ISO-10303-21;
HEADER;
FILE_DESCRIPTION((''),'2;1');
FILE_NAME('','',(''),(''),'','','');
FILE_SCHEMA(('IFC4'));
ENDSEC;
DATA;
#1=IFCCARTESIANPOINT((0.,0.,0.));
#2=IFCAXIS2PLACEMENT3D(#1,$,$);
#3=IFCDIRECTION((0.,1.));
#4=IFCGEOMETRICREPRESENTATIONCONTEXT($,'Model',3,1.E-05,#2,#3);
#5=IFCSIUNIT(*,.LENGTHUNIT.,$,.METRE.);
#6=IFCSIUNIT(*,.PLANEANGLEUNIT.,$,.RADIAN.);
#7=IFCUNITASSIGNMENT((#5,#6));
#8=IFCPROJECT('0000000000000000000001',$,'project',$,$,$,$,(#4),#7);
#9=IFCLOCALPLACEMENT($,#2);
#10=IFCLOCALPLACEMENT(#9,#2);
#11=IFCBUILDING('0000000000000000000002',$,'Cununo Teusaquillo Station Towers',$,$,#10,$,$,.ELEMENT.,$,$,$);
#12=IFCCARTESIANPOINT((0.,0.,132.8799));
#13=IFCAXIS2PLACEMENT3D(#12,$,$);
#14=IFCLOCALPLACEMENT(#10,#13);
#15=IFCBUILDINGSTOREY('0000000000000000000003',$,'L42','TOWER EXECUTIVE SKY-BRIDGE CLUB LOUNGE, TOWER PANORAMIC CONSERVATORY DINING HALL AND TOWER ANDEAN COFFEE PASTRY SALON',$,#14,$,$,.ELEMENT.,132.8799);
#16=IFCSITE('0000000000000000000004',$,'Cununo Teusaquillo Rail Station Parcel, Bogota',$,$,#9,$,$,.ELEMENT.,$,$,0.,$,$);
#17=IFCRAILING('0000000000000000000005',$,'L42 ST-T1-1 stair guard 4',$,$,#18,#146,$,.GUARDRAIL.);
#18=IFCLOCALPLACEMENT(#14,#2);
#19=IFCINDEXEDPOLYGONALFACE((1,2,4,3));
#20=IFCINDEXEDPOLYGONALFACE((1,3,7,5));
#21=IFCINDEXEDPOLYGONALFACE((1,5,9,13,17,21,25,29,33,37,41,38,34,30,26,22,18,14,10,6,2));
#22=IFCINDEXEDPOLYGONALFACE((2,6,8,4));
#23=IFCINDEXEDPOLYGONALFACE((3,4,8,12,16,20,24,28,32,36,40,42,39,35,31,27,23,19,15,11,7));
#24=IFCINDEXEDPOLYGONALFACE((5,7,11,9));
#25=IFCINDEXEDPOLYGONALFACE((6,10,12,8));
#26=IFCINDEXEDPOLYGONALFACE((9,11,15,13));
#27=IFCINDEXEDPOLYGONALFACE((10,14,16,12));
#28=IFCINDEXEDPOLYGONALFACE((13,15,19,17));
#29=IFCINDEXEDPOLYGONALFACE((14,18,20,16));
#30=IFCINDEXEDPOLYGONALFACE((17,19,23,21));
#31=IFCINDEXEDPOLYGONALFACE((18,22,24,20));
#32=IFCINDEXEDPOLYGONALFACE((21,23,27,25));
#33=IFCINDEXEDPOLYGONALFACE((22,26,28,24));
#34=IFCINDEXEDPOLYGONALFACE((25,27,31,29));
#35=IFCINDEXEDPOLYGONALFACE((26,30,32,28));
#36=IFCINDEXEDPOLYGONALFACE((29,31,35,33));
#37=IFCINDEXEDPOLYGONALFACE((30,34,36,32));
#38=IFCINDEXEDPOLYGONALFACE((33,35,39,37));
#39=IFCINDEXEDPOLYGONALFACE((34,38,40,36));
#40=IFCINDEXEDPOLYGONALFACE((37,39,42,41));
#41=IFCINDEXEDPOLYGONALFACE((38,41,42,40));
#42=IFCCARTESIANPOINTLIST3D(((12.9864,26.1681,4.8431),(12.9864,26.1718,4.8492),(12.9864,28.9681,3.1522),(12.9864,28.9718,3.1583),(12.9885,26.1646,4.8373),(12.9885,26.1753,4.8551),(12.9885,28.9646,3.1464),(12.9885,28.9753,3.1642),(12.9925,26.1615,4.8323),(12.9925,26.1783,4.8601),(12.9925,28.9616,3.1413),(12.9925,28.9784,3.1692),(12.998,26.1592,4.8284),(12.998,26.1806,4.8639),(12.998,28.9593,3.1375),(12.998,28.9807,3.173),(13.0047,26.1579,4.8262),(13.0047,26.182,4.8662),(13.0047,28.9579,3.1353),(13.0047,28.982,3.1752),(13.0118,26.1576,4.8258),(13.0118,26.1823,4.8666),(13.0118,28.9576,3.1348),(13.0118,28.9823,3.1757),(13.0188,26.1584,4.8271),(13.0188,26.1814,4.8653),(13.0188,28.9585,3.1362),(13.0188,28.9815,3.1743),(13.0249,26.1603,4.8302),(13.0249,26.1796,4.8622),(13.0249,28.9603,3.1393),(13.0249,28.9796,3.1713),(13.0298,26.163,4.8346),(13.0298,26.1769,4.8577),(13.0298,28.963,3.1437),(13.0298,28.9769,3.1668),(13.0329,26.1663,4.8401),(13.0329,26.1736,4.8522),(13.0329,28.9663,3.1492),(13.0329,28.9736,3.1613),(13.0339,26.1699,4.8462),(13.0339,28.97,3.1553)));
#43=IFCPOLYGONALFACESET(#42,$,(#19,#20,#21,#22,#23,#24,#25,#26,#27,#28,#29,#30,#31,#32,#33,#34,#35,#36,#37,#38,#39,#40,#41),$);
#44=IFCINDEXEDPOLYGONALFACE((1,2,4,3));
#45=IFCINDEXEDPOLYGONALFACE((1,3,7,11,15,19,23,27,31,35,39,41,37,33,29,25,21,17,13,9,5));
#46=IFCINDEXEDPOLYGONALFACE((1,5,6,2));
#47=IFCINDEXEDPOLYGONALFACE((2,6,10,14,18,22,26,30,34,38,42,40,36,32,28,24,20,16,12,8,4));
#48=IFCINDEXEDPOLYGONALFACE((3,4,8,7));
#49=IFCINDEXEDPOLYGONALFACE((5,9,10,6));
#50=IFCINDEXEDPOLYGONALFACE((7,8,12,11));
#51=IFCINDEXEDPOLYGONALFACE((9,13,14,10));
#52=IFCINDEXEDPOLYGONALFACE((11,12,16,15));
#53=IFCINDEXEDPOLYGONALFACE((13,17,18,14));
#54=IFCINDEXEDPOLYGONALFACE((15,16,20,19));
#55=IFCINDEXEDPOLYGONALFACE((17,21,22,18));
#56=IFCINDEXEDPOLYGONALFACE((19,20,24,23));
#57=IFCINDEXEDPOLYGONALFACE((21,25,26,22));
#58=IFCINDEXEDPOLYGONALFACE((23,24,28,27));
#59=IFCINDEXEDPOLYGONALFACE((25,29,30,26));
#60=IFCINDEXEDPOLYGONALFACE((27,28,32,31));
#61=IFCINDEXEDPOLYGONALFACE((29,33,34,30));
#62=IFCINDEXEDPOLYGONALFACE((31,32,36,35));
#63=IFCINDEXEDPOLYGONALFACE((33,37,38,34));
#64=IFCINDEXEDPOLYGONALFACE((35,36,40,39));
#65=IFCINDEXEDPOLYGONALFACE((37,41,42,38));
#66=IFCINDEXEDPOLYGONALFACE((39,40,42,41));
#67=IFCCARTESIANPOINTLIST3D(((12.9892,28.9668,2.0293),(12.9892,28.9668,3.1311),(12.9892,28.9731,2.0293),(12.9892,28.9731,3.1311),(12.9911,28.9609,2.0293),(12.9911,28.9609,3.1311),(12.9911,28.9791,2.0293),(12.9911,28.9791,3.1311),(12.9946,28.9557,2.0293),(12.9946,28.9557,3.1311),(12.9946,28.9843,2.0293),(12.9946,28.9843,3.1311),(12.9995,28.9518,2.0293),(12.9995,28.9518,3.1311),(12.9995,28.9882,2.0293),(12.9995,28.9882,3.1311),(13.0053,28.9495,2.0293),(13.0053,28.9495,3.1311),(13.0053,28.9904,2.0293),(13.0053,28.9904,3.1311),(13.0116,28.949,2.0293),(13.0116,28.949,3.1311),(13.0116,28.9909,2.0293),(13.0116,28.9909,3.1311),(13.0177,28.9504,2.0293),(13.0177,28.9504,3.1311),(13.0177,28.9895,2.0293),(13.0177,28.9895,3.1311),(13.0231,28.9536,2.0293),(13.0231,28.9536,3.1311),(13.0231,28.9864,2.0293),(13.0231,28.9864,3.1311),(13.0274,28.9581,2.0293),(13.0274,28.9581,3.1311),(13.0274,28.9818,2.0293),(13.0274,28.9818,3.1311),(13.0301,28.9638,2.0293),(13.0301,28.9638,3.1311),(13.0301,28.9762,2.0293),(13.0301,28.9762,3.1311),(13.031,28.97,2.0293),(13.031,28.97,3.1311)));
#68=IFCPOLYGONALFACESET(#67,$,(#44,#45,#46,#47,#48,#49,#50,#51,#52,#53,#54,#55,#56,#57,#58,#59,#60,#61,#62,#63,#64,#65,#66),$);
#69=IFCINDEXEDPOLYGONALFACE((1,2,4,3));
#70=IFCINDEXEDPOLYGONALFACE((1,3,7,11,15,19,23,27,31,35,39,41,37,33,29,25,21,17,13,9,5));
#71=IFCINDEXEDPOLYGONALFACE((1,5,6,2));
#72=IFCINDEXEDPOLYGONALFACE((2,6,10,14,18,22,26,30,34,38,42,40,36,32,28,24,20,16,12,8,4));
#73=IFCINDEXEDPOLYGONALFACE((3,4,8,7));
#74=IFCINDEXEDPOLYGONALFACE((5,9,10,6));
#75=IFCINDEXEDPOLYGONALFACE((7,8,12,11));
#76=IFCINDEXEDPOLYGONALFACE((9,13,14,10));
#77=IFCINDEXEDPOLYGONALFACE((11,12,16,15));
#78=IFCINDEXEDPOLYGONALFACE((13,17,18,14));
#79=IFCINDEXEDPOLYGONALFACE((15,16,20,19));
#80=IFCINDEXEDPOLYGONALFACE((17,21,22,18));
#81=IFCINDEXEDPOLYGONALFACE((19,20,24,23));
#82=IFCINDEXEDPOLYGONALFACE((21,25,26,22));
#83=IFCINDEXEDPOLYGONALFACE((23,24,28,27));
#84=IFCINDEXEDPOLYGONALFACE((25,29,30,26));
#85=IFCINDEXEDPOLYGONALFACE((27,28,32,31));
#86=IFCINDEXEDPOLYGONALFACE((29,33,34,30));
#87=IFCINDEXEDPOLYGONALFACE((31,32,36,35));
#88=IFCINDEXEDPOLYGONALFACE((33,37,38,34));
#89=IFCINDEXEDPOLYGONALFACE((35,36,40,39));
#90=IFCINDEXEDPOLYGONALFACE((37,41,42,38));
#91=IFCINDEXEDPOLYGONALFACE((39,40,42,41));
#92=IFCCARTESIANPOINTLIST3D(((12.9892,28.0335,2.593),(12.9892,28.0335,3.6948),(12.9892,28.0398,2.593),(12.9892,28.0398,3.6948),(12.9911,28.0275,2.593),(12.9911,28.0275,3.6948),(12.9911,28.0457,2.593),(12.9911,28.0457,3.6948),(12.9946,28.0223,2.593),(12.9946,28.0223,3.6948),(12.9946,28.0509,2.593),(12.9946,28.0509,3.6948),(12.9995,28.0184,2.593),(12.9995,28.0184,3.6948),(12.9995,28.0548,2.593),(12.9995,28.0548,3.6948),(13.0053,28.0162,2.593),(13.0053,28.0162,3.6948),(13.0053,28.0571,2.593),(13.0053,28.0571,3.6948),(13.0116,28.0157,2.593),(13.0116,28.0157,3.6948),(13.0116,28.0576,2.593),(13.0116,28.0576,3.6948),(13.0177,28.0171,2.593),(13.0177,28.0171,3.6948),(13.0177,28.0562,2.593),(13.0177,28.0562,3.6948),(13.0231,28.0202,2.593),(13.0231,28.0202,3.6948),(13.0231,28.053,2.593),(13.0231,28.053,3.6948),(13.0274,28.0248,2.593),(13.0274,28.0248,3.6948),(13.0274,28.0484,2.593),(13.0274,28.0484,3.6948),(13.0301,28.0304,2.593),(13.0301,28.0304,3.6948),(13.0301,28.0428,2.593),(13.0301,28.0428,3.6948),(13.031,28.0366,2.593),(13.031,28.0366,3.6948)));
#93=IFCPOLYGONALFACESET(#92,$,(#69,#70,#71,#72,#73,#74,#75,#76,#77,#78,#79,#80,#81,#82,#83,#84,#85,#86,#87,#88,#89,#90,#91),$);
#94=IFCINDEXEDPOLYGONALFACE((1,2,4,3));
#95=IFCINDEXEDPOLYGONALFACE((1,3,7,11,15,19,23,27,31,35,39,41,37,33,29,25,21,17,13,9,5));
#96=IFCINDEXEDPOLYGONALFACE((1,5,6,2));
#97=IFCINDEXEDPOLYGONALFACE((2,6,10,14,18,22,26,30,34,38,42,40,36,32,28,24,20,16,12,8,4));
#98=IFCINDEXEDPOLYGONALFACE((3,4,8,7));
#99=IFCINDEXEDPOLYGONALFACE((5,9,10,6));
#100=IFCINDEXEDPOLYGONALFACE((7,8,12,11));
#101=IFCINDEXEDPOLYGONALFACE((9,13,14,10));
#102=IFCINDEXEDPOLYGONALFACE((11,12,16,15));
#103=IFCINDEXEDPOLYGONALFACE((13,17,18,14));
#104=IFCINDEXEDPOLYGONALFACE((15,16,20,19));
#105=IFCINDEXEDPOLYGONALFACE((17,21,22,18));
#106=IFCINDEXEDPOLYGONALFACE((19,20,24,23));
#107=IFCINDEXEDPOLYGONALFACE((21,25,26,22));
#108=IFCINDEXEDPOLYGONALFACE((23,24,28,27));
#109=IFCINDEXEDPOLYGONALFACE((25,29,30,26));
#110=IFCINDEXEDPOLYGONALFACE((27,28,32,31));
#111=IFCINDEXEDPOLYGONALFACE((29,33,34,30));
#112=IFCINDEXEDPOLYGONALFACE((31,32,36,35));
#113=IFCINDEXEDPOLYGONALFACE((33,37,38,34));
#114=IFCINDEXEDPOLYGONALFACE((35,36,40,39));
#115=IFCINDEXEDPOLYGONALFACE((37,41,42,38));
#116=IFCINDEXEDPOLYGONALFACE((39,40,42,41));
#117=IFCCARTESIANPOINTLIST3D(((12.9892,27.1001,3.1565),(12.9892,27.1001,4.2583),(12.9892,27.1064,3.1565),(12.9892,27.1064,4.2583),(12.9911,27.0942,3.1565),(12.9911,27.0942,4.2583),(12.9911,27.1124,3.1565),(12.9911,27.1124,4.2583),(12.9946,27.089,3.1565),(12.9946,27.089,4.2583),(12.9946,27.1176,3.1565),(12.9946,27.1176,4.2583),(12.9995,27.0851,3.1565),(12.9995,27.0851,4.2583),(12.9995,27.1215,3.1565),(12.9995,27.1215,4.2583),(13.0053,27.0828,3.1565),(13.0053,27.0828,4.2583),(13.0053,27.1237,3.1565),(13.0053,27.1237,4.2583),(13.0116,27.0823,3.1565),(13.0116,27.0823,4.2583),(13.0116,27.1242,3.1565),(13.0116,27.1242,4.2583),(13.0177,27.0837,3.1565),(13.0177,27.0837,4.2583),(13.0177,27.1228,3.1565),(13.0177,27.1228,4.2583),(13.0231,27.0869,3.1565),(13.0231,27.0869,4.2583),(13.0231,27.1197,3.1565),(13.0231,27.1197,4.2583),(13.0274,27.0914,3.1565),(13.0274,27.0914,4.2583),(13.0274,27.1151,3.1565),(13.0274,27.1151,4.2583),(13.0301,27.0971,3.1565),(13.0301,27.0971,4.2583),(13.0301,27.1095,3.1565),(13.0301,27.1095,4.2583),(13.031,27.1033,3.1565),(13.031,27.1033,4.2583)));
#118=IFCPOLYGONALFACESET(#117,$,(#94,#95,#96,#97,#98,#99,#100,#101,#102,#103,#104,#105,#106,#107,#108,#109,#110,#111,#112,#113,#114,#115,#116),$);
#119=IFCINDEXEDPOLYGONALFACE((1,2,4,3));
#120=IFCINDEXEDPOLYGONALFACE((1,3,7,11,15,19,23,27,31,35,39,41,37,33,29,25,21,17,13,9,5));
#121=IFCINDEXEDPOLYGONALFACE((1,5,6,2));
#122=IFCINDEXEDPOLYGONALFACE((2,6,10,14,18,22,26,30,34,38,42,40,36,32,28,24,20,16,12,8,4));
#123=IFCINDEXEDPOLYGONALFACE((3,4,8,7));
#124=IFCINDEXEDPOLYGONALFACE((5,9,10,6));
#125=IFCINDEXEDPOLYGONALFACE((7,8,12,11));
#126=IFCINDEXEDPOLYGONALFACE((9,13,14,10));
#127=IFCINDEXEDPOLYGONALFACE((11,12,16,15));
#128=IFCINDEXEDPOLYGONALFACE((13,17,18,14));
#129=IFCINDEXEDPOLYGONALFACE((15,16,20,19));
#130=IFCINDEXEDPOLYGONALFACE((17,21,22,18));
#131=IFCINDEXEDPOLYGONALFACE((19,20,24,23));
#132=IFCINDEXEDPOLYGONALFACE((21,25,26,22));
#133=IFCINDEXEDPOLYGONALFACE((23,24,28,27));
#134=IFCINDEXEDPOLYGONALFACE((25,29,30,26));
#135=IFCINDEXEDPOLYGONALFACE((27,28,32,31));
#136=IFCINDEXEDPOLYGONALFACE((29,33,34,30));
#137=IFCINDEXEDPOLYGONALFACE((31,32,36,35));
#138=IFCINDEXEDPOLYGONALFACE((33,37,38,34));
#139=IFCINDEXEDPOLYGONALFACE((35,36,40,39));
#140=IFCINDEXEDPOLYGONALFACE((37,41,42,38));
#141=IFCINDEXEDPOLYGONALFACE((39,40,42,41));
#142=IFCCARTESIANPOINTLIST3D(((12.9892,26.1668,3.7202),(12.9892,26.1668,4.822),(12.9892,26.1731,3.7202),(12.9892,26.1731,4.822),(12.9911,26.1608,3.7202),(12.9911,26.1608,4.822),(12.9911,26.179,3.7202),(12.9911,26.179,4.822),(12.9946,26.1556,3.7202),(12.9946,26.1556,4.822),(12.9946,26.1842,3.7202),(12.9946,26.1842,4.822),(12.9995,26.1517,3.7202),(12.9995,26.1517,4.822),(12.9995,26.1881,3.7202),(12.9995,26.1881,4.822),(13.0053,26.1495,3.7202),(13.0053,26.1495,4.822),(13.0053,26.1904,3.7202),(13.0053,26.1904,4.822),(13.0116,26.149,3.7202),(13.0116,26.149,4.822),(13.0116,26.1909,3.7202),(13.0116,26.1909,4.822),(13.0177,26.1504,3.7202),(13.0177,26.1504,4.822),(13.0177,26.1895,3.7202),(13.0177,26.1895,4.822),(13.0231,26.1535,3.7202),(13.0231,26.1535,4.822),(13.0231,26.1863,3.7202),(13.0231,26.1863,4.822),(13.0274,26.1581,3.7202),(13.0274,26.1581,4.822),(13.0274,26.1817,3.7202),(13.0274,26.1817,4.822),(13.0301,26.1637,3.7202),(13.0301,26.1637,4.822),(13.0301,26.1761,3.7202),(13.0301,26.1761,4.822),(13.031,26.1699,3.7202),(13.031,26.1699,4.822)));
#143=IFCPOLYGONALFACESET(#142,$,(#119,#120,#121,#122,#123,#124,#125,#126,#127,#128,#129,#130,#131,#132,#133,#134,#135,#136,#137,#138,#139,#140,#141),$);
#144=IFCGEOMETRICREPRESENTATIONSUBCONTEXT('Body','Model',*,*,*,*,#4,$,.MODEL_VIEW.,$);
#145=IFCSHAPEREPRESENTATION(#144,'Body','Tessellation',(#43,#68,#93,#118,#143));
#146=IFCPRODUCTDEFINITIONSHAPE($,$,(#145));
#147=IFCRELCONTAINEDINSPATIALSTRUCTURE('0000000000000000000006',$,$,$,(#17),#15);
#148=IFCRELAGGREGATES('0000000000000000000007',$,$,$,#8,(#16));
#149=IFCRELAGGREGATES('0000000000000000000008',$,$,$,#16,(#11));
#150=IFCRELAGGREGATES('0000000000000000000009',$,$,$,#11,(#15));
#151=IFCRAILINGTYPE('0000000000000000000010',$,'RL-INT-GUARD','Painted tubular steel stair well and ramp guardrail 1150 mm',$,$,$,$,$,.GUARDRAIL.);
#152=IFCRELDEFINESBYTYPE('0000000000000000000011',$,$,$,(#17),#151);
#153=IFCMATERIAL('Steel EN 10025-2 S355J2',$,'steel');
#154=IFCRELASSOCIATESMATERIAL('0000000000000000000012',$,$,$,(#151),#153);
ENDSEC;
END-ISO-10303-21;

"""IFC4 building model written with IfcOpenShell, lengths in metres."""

from ifc_helpers import new_model, si_unit, direction, frame, origin, origin_2d, place, context, subcontext, project, spatial, circle, extrude, material, type_object, element, save


model = new_model("IFC4")

# Units and contexts
model_context = context("Model", 3, precision=1e-05, world=origin(), true_north=direction((0.0, 1.0)))
body_context = subcontext(model_context, "Body", "Model", "MODEL_VIEW")
ifc_project = project(units=[si_unit("LENGTHUNIT", "METRE"), si_unit("PLANEANGLEUNIT", "RADIAN")], contexts=[model_context])

# Site, building, storey
site_placement = place(None, origin())
site = spatial("IfcSite", under=ifc_project, at=site_placement, Name="Cununo Teusaquillo Rail Station Parcel, Bogota", CompositionType="ELEMENT", RefElevation=0.0)
building_placement = place(site_placement, origin())
building = spatial("IfcBuilding", under=site, at=building_placement, Name="Cununo Teusaquillo Station Towers", CompositionType="ELEMENT")
storey_placement = place(building_placement, frame((0.0, 0.0, 132.8799)))
storey = spatial("IfcBuildingStorey", under=building, at=storey_placement, Name="L42", Description="TOWER EXECUTIVE SKY-BRIDGE CLUB LOUNGE, TOWER PANORAMIC CONSERVATORY DINING HALL AND TOWER ANDEAN COFFEE PASTRY SALON", CompositionType="ELEMENT", Elevation=132.8799)

# Railing
ifc_material_1 = material(Name="Steel EN 10025-2 S355J2", Category="steel")
railing_type_1 = type_object("IfcRailingType", Name="RL-INT-GUARD", Description="Painted tubular steel stair well and ramp guardrail 1150 mm", PredefinedType="GUARDRAIL", material=ifc_material_1)
railing_1_placement = place(storey_placement, frame((13.01, 28.97, 2.0293)))
element("IfcRailing", 1, at=railing_1_placement, inside=storey, type_object=railing_type_1, Name="L42 ST-T1-1 stair guard 4", PredefinedType="GUARDRAIL", context=body_context, shape_type="SweptSolid", body=[
    extrude(circle(Radius=0.0239, at=origin_2d()), frame((0.0, 0.0, 1.126), z_axis=(0.0, -0.856021, 0.516941), x_axis=(1.0, 0.0, 0.0)), (0.0, 0.0, 1.0), 3.271),
    extrude(circle(Radius=0.021, at=origin_2d()), origin(), (0.0, 0.0, 1.0), 1.1018),
    extrude(circle(Radius=0.021, at=origin_2d()), frame((0.0, -0.9333, 0.5637)), (0.0, 0.0, 1.0), 1.1018),
    extrude(circle(Radius=0.021, at=origin_2d()), frame((0.0, -1.8667, 1.1272)), (0.0, 0.0, 1.0), 1.1018),
    extrude(circle(Radius=0.021, at=origin_2d()), frame((0.0, -2.8, 1.6909)), (0.0, 0.0, 1.0), 1.1018),
])

save(model, "model.ifc")
